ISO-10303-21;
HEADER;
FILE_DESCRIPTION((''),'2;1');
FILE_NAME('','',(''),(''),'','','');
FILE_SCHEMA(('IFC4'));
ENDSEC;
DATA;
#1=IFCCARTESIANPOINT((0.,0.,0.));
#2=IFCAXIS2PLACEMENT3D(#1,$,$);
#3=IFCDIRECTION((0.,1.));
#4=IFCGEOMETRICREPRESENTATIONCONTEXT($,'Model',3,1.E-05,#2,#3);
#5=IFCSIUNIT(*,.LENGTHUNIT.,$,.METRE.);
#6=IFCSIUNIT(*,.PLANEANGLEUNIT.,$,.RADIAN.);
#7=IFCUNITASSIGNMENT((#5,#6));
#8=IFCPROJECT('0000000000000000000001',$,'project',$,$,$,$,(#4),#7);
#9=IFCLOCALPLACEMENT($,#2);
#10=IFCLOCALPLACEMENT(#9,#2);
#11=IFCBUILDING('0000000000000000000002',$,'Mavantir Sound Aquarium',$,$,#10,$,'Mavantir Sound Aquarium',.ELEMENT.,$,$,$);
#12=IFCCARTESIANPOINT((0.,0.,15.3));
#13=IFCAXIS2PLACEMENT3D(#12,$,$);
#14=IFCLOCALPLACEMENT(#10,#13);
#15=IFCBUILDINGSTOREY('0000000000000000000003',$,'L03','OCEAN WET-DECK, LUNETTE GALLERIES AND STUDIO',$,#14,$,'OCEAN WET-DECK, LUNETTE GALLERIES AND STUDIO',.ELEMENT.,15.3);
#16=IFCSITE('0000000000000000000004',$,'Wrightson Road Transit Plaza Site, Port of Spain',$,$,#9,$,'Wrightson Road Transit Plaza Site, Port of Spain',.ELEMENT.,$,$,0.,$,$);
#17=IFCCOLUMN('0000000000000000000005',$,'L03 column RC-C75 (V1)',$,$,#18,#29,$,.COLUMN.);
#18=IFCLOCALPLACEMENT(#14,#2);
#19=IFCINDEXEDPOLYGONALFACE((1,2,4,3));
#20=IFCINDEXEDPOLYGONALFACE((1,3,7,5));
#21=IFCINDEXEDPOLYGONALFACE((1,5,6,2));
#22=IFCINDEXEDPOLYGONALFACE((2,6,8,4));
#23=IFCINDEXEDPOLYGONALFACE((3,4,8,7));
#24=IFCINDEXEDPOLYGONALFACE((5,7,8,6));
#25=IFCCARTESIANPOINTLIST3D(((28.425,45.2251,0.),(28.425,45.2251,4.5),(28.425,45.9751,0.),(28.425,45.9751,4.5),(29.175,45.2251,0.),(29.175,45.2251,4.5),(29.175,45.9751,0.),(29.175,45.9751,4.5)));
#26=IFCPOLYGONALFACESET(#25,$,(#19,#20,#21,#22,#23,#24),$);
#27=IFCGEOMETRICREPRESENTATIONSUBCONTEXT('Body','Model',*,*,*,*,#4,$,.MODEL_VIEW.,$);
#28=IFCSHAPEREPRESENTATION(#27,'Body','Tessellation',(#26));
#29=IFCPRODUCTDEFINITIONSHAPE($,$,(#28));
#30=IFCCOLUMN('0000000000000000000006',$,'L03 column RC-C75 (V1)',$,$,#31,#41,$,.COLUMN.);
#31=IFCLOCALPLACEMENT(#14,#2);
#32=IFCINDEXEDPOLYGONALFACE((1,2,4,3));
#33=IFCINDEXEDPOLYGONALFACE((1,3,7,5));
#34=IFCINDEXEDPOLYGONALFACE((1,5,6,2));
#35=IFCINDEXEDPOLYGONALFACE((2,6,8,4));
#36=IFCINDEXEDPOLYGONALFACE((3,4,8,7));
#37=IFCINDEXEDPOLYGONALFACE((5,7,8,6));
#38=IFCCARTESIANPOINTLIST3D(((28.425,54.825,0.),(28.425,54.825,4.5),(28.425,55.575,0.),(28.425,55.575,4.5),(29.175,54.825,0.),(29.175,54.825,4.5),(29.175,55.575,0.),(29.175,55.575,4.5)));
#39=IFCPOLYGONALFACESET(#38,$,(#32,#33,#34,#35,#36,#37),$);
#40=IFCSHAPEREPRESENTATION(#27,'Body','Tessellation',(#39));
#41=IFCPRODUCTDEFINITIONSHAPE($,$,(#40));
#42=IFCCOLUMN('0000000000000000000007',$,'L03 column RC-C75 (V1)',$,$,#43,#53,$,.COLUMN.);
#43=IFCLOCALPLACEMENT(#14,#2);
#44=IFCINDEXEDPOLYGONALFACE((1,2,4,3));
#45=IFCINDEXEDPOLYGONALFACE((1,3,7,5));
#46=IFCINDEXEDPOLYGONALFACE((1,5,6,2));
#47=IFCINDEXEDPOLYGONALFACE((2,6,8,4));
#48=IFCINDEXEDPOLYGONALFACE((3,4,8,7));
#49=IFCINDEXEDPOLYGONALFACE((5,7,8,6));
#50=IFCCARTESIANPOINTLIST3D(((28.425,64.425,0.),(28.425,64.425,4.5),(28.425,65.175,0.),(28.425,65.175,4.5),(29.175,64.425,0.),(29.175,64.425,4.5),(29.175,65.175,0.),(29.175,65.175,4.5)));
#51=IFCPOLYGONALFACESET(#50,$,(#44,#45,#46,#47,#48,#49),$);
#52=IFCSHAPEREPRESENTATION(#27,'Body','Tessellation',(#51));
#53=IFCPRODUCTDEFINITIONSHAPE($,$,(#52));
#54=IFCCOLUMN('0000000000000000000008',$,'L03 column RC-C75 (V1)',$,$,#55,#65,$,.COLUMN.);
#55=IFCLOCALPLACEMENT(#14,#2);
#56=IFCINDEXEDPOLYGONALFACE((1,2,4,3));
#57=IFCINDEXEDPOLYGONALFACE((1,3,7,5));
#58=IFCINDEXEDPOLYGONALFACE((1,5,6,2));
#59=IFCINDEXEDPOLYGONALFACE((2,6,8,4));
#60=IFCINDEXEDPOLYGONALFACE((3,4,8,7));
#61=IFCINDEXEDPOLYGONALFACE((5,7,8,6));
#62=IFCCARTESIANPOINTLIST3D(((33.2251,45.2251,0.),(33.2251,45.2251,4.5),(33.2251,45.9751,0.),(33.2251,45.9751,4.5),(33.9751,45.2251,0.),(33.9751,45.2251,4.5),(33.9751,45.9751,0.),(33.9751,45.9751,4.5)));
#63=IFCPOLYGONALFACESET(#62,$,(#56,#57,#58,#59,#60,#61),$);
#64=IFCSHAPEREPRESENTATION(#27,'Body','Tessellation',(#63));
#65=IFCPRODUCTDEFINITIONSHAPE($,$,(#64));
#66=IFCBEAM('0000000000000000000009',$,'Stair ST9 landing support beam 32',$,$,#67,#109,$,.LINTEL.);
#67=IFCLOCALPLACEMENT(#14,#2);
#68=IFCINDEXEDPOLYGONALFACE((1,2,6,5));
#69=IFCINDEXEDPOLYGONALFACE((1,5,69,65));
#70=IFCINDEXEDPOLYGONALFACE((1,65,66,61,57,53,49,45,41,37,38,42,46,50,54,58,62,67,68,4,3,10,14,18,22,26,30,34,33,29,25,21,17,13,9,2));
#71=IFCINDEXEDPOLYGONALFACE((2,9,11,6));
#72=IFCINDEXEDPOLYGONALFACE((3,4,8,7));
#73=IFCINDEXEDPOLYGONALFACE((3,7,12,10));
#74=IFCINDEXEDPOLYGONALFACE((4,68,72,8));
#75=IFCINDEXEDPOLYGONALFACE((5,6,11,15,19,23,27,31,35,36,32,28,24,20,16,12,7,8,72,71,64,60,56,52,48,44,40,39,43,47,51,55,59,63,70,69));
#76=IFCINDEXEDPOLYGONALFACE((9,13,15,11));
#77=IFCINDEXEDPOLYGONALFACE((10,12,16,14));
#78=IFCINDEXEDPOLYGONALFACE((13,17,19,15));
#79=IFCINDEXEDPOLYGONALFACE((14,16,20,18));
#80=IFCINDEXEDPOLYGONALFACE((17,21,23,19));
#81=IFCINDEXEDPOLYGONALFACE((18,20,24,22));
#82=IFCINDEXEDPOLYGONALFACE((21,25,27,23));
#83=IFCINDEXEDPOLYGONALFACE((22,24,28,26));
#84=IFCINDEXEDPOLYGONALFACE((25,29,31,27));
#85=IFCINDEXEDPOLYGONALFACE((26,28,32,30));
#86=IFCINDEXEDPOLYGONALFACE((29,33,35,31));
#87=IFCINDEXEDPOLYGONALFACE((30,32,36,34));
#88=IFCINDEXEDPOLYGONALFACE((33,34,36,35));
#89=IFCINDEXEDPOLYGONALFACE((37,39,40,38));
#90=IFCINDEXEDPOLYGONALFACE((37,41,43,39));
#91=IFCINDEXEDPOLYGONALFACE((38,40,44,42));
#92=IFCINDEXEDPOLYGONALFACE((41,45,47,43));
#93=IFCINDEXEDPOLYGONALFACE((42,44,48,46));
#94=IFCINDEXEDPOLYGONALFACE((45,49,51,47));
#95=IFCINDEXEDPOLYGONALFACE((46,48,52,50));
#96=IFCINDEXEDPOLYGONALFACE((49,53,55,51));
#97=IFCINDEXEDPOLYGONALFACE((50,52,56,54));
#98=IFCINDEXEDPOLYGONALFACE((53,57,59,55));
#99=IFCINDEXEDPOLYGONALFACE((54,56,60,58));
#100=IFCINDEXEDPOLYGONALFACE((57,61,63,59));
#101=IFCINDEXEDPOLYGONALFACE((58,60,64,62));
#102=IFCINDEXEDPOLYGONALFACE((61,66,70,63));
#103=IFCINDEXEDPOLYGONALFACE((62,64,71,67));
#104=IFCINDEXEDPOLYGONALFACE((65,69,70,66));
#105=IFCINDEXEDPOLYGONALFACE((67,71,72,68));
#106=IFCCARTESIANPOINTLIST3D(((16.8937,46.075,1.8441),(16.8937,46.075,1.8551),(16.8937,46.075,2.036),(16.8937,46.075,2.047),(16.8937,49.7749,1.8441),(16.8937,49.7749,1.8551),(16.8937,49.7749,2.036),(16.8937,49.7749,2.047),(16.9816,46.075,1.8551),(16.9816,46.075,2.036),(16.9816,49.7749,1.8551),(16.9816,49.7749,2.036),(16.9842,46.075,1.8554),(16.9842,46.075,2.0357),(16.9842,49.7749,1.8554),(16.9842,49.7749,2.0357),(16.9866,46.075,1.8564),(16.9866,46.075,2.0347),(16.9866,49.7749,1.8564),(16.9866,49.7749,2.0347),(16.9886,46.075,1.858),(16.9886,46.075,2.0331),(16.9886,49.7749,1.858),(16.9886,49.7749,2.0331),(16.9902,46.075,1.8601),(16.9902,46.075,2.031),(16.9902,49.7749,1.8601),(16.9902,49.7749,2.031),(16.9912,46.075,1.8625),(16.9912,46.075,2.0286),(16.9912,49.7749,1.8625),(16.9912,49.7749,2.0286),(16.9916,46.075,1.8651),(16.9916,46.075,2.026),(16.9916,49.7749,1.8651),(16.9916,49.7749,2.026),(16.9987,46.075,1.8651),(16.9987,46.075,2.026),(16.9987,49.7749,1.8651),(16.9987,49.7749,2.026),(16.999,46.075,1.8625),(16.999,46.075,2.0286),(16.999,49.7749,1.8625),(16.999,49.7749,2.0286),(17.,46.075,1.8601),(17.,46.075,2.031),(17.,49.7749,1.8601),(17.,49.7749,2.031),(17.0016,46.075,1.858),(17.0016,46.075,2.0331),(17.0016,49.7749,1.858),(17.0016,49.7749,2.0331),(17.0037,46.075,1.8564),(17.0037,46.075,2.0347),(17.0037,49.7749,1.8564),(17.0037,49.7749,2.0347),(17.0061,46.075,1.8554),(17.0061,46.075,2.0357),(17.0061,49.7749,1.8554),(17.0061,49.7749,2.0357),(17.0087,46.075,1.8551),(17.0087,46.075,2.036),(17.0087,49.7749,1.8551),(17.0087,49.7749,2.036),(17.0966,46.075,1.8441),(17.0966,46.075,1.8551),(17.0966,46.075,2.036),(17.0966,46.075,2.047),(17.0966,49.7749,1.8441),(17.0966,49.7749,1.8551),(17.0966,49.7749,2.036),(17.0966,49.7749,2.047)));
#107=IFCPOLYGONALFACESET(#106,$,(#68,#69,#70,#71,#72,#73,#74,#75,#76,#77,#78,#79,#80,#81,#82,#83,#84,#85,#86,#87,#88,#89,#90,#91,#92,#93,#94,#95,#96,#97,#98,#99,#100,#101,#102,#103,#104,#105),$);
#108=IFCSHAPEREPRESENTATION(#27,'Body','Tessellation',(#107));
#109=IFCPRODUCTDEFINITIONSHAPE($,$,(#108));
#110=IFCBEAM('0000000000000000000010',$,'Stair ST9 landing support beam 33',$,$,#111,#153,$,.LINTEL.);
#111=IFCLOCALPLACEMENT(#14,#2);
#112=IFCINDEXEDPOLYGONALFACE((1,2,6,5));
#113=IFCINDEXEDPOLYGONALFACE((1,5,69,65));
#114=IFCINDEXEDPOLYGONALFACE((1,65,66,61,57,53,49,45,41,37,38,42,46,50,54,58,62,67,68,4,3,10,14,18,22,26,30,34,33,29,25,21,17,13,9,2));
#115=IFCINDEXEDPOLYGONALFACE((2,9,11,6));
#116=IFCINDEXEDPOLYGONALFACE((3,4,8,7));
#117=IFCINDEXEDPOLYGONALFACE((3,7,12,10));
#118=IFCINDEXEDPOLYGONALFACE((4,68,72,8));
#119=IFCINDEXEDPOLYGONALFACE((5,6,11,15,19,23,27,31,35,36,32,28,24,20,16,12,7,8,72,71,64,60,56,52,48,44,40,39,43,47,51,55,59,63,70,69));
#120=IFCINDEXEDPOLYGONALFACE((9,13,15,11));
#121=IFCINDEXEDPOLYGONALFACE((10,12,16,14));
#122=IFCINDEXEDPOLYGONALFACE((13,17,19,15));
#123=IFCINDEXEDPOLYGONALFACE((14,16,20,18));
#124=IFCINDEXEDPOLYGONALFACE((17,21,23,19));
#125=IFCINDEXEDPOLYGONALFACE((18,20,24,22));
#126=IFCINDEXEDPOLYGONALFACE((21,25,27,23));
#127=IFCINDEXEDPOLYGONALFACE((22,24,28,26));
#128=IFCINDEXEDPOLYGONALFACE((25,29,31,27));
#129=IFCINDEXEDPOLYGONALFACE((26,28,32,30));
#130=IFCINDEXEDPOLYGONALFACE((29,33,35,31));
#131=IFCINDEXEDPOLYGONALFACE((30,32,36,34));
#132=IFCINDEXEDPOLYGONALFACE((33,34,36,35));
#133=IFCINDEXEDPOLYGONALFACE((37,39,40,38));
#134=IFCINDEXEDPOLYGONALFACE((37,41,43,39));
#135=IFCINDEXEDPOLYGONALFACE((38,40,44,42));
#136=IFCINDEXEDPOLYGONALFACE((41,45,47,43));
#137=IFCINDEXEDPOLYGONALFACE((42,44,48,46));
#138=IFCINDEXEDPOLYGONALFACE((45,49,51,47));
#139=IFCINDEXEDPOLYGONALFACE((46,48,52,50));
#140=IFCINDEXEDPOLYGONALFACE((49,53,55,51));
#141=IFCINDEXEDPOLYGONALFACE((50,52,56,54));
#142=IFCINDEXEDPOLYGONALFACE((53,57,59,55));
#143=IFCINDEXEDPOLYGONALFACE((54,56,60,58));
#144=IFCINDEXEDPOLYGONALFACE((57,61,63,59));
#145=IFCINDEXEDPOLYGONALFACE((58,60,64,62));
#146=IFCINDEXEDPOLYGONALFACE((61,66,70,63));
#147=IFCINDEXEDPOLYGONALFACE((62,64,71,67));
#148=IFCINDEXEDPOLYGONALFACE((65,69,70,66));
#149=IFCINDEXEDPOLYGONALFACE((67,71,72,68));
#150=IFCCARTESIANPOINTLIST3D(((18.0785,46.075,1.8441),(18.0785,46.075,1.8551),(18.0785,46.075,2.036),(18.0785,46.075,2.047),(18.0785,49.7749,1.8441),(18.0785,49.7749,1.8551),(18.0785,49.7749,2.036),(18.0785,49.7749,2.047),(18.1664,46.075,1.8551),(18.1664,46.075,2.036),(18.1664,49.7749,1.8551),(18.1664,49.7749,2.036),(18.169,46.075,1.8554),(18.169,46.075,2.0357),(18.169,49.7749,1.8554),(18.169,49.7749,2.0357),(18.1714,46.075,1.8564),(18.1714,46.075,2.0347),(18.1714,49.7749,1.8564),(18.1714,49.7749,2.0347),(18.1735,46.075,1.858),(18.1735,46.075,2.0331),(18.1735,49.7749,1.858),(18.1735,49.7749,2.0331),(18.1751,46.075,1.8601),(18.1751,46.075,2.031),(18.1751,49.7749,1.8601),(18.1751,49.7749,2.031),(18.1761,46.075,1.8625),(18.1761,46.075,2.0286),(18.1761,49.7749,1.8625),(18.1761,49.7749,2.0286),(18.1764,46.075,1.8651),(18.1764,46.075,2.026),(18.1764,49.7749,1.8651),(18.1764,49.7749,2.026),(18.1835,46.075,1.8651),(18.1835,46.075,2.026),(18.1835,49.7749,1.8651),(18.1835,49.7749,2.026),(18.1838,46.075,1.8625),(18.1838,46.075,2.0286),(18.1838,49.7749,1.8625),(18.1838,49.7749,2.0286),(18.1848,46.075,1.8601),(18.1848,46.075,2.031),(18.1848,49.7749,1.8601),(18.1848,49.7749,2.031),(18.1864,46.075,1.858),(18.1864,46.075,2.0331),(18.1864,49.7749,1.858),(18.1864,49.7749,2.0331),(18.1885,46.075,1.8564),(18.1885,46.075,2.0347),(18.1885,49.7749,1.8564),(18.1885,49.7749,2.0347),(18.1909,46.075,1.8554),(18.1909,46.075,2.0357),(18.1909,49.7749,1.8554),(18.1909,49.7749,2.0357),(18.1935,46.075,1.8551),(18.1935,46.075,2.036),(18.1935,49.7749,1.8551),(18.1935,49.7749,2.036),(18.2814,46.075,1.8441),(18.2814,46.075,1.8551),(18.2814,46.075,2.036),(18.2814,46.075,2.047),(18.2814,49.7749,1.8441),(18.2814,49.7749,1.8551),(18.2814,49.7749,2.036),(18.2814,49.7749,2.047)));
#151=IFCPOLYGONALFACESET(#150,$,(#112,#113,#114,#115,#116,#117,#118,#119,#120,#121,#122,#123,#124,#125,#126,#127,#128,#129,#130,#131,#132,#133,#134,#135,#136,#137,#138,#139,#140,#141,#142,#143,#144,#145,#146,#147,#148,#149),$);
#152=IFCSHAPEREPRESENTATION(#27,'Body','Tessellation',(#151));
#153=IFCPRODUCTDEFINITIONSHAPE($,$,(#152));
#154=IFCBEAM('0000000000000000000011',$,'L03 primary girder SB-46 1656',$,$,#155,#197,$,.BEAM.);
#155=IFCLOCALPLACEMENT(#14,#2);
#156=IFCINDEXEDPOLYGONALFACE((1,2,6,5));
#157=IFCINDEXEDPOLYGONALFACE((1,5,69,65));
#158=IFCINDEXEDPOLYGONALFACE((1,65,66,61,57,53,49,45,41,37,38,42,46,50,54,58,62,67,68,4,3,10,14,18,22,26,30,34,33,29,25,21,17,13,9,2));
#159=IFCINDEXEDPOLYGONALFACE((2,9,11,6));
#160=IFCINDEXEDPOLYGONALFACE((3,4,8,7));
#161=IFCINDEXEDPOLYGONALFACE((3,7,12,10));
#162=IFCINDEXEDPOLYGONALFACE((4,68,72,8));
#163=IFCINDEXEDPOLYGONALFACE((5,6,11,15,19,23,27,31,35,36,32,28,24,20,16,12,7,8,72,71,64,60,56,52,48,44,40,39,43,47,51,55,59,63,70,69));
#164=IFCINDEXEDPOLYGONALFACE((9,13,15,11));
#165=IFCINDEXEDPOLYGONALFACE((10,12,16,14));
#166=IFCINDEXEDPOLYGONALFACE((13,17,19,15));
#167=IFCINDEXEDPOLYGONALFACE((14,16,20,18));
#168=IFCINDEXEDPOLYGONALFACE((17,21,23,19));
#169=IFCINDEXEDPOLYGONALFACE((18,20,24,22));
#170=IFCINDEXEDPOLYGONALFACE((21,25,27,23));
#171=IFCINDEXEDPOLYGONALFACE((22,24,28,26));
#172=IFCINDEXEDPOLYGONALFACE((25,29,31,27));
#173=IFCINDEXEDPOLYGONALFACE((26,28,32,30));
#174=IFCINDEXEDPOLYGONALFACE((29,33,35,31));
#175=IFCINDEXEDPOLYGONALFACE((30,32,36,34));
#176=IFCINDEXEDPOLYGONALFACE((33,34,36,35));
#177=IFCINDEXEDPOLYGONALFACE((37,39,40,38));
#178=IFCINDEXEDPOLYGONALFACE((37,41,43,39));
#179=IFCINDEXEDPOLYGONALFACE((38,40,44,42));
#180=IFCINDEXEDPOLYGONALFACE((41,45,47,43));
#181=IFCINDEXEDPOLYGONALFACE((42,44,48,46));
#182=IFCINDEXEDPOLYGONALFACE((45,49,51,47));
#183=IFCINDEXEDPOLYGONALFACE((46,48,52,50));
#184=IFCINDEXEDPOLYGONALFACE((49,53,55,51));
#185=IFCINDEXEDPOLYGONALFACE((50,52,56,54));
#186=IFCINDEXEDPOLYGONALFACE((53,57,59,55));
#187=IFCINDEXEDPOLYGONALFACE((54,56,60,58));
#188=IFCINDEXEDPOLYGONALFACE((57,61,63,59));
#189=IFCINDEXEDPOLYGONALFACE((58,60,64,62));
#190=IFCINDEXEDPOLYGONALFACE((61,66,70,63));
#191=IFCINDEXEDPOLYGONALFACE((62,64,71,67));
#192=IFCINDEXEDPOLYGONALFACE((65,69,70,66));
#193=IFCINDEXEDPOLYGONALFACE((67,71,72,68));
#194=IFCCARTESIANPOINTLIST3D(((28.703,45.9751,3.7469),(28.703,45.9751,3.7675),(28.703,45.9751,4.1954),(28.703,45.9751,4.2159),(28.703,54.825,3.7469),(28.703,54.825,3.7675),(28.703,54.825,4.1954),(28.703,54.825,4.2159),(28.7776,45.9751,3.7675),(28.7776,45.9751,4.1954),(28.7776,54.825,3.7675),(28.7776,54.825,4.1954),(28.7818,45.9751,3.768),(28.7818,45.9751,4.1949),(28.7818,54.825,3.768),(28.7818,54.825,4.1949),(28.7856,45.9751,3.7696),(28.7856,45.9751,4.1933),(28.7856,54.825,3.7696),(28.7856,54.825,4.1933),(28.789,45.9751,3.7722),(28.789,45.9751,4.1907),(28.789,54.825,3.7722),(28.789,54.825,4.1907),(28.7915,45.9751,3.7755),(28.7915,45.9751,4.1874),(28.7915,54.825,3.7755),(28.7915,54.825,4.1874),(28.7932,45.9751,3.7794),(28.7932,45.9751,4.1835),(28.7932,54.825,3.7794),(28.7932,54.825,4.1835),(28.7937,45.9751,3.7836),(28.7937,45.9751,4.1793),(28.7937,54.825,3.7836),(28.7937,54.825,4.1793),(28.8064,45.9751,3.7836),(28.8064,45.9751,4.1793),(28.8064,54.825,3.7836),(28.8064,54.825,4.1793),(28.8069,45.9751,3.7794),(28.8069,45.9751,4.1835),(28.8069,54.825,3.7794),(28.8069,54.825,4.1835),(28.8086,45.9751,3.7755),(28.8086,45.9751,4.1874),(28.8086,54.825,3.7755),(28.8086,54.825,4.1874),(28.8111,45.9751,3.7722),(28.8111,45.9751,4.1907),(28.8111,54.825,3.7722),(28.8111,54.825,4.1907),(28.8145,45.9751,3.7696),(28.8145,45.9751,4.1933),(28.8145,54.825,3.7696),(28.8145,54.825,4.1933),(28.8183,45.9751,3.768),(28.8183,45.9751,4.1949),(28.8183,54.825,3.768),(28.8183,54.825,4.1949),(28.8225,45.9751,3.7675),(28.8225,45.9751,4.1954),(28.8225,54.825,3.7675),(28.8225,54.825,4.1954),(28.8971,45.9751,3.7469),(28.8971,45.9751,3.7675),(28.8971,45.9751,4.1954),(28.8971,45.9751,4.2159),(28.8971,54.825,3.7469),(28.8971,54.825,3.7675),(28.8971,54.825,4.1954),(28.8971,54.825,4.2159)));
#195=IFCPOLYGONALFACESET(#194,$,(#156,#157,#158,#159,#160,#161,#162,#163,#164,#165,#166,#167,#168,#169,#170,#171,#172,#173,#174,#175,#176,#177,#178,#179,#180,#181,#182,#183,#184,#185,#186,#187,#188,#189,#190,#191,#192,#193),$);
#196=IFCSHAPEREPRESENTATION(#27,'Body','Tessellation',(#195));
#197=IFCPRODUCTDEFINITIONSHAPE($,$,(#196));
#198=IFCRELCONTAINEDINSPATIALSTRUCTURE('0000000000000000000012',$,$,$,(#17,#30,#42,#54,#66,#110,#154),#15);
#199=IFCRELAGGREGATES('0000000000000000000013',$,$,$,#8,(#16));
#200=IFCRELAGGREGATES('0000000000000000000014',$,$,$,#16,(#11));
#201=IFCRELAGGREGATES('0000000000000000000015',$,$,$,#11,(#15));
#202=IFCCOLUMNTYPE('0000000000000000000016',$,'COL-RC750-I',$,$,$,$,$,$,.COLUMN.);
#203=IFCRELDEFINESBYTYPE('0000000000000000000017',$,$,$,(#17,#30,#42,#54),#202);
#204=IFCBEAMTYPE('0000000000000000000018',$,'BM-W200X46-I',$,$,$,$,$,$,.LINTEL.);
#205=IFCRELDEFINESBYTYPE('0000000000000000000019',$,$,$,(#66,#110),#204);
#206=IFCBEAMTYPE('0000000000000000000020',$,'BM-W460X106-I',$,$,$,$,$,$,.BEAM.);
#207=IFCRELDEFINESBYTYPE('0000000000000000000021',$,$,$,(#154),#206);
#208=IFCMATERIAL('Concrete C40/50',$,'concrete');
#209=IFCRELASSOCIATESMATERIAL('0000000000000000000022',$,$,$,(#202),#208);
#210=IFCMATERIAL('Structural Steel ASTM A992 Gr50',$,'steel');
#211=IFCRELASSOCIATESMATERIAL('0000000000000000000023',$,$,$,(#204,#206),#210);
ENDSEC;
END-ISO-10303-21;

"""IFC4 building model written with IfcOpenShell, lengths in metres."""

from ifc_helpers import new_model, si_unit, direction, frame, origin, origin_2d, place, context, subcontext, project, spatial, rectangle, i_section, extrude, material, material_profile, profile_set, type_object, element, save


model = new_model("IFC4")

# Units and contexts
model_context = context("Model", 3, precision=1e-05, world=origin(), true_north=direction((0.0, 1.0)))
body_context = subcontext(model_context, "Body", "Model", "MODEL_VIEW")
ifc_project = project(units=[si_unit("LENGTHUNIT", "METRE"), si_unit("PLANEANGLEUNIT", "RADIAN")], contexts=[model_context])

# Site, building, storey
site_placement = place(None, origin())
site = spatial("IfcSite", under=ifc_project, at=site_placement, Name="Wrightson Road Transit Plaza Site, Port of Spain", LongName="Wrightson Road Transit Plaza Site, Port of Spain", CompositionType="ELEMENT", RefElevation=0.0)
building_placement = place(site_placement, origin())
building = spatial("IfcBuilding", under=site, at=building_placement, Name="Mavantir Sound Aquarium", LongName="Mavantir Sound Aquarium", CompositionType="ELEMENT")
storey_placement = place(building_placement, frame((0.0, 0.0, 15.3)))
storey = spatial("IfcBuildingStorey", under=building, at=storey_placement, Name="L03", Description="OCEAN WET-DECK, LUNETTE GALLERIES AND STUDIO", LongName="OCEAN WET-DECK, LUNETTE GALLERIES AND STUDIO", CompositionType="ELEMENT", Elevation=15.3)

# Columns
ifc_material_1 = material(Name="Concrete C40/50", Category="concrete")
ifc_material_profile_1 = material_profile(ifc_material_1, rectangle(XDim=0.75, YDim=0.75, at=origin_2d()), Name="RC 750X750")
ifc_profile_set_1 = profile_set([ifc_material_profile_1], Name="Concrete C40/50")
column_type = type_object("IfcColumnType", Name="COL-RC750-I", PredefinedType="COLUMN", material=ifc_profile_set_1)
for number, where, z_axis, x_axis, name in (
    (1, (28.8, 45.6001, 0.0), (0.0, 0.0, 1.0), (1.0, 0.0, 0.0), "L03 column RC-C75 (V1)"),
    (2, (28.8, 55.2, 0.0), (0.0, 0.0, 1.0), (1.0, 0.0, 0.0), "L03 column RC-C75 (V1)"),
    (3, (28.8, 64.8, 0.0), (0.0, 0.0, 1.0), (1.0, 0.0, 0.0), "L03 column RC-C75 (V1)"),
    (4, (33.6001, 45.6001, 0.0), (0.0, 0.0, 1.0), (1.0, 0.0, 0.0), "L03 column RC-C75 (V1)"),
):
    element("IfcColumn", number, at=place(storey_placement, frame(where, z_axis=z_axis, x_axis=x_axis)), inside=storey, type_object=column_type, Name=name, PredefinedType="COLUMN", context=body_context, shape_type="SweptSolid", body=[
        extrude(rectangle(XDim=0.75, YDim=0.75, at=origin_2d()), origin(), (0.0, 0.0, 1.0), 4.5),
    ])

# Beams
ifc_material_2 = material(Name="Structural Steel ASTM A992 Gr50", Category="steel")
ifc_material_profile_2 = material_profile(ifc_material_2, i_section(OverallWidth=0.2029, OverallDepth=0.2029, WebThickness=0.0071, FlangeThickness=0.011, FilletRadius=0.01, at=origin_2d()), Name="W200X46")
ifc_profile_set_2 = profile_set([ifc_material_profile_2], Name="Structural Steel ASTM A992 Gr50")
beam_type_1 = type_object("IfcBeamType", Name="BM-W200X46-I", PredefinedType="LINTEL", material=ifc_profile_set_2)
for number, where, z_axis, x_axis, name in (
    (5, (16.9951, 46.075, 1.9456), (0.0, 1.0, 0.0), (-1.0, 0.0, 0.0), "Stair ST9 landing support beam 32"),
    (6, (18.1799, 46.075, 1.9456), (0.0, 1.0, 0.0), (-1.0, 0.0, 0.0), "Stair ST9 landing support beam 33"),
):
    element("IfcBeam", number, at=place(storey_placement, frame(where, z_axis=z_axis, x_axis=x_axis)), inside=storey, type_object=beam_type_1, Name=name, PredefinedType="LINTEL", context=body_context, shape_type="SweptSolid", body=[
        extrude(i_section(OverallWidth=0.2029, OverallDepth=0.2029, WebThickness=0.0071, FlangeThickness=0.011, FilletRadius=0.01, at=origin_2d()), origin(), (0.0, 0.0, 1.0), 3.7),
    ])
ifc_material_profile_3 = material_profile(ifc_material_2, i_section(OverallWidth=0.1941, OverallDepth=0.469, WebThickness=0.0127, FlangeThickness=0.0205, FilletRadius=0.0161, at=origin_2d()), Name="W460X106")
ifc_profile_set_3 = profile_set([ifc_material_profile_3], Name="Structural Steel ASTM A992 Gr50")
beam_type_2 = type_object("IfcBeamType", Name="BM-W460X106-I", PredefinedType="BEAM", material=ifc_profile_set_3)
beam_1_placement = place(storey_placement, frame((28.8, 45.9751, 3.9814), z_axis=(0.0, 1.0, 0.0), x_axis=(-1.0, 0.0, 0.0)))
element("IfcBeam", 7, at=beam_1_placement, inside=storey, type_object=beam_type_2, Name="L03 primary girder SB-46 1656", PredefinedType="BEAM", context=body_context, shape_type="SweptSolid", body=[
    extrude(i_section(OverallWidth=0.1941, OverallDepth=0.469, WebThickness=0.0127, FlangeThickness=0.0205, FilletRadius=0.0161, at=origin_2d()), origin(), (0.0, 0.0, 1.0), 8.8499),
])

save(model, "model.ifc")
